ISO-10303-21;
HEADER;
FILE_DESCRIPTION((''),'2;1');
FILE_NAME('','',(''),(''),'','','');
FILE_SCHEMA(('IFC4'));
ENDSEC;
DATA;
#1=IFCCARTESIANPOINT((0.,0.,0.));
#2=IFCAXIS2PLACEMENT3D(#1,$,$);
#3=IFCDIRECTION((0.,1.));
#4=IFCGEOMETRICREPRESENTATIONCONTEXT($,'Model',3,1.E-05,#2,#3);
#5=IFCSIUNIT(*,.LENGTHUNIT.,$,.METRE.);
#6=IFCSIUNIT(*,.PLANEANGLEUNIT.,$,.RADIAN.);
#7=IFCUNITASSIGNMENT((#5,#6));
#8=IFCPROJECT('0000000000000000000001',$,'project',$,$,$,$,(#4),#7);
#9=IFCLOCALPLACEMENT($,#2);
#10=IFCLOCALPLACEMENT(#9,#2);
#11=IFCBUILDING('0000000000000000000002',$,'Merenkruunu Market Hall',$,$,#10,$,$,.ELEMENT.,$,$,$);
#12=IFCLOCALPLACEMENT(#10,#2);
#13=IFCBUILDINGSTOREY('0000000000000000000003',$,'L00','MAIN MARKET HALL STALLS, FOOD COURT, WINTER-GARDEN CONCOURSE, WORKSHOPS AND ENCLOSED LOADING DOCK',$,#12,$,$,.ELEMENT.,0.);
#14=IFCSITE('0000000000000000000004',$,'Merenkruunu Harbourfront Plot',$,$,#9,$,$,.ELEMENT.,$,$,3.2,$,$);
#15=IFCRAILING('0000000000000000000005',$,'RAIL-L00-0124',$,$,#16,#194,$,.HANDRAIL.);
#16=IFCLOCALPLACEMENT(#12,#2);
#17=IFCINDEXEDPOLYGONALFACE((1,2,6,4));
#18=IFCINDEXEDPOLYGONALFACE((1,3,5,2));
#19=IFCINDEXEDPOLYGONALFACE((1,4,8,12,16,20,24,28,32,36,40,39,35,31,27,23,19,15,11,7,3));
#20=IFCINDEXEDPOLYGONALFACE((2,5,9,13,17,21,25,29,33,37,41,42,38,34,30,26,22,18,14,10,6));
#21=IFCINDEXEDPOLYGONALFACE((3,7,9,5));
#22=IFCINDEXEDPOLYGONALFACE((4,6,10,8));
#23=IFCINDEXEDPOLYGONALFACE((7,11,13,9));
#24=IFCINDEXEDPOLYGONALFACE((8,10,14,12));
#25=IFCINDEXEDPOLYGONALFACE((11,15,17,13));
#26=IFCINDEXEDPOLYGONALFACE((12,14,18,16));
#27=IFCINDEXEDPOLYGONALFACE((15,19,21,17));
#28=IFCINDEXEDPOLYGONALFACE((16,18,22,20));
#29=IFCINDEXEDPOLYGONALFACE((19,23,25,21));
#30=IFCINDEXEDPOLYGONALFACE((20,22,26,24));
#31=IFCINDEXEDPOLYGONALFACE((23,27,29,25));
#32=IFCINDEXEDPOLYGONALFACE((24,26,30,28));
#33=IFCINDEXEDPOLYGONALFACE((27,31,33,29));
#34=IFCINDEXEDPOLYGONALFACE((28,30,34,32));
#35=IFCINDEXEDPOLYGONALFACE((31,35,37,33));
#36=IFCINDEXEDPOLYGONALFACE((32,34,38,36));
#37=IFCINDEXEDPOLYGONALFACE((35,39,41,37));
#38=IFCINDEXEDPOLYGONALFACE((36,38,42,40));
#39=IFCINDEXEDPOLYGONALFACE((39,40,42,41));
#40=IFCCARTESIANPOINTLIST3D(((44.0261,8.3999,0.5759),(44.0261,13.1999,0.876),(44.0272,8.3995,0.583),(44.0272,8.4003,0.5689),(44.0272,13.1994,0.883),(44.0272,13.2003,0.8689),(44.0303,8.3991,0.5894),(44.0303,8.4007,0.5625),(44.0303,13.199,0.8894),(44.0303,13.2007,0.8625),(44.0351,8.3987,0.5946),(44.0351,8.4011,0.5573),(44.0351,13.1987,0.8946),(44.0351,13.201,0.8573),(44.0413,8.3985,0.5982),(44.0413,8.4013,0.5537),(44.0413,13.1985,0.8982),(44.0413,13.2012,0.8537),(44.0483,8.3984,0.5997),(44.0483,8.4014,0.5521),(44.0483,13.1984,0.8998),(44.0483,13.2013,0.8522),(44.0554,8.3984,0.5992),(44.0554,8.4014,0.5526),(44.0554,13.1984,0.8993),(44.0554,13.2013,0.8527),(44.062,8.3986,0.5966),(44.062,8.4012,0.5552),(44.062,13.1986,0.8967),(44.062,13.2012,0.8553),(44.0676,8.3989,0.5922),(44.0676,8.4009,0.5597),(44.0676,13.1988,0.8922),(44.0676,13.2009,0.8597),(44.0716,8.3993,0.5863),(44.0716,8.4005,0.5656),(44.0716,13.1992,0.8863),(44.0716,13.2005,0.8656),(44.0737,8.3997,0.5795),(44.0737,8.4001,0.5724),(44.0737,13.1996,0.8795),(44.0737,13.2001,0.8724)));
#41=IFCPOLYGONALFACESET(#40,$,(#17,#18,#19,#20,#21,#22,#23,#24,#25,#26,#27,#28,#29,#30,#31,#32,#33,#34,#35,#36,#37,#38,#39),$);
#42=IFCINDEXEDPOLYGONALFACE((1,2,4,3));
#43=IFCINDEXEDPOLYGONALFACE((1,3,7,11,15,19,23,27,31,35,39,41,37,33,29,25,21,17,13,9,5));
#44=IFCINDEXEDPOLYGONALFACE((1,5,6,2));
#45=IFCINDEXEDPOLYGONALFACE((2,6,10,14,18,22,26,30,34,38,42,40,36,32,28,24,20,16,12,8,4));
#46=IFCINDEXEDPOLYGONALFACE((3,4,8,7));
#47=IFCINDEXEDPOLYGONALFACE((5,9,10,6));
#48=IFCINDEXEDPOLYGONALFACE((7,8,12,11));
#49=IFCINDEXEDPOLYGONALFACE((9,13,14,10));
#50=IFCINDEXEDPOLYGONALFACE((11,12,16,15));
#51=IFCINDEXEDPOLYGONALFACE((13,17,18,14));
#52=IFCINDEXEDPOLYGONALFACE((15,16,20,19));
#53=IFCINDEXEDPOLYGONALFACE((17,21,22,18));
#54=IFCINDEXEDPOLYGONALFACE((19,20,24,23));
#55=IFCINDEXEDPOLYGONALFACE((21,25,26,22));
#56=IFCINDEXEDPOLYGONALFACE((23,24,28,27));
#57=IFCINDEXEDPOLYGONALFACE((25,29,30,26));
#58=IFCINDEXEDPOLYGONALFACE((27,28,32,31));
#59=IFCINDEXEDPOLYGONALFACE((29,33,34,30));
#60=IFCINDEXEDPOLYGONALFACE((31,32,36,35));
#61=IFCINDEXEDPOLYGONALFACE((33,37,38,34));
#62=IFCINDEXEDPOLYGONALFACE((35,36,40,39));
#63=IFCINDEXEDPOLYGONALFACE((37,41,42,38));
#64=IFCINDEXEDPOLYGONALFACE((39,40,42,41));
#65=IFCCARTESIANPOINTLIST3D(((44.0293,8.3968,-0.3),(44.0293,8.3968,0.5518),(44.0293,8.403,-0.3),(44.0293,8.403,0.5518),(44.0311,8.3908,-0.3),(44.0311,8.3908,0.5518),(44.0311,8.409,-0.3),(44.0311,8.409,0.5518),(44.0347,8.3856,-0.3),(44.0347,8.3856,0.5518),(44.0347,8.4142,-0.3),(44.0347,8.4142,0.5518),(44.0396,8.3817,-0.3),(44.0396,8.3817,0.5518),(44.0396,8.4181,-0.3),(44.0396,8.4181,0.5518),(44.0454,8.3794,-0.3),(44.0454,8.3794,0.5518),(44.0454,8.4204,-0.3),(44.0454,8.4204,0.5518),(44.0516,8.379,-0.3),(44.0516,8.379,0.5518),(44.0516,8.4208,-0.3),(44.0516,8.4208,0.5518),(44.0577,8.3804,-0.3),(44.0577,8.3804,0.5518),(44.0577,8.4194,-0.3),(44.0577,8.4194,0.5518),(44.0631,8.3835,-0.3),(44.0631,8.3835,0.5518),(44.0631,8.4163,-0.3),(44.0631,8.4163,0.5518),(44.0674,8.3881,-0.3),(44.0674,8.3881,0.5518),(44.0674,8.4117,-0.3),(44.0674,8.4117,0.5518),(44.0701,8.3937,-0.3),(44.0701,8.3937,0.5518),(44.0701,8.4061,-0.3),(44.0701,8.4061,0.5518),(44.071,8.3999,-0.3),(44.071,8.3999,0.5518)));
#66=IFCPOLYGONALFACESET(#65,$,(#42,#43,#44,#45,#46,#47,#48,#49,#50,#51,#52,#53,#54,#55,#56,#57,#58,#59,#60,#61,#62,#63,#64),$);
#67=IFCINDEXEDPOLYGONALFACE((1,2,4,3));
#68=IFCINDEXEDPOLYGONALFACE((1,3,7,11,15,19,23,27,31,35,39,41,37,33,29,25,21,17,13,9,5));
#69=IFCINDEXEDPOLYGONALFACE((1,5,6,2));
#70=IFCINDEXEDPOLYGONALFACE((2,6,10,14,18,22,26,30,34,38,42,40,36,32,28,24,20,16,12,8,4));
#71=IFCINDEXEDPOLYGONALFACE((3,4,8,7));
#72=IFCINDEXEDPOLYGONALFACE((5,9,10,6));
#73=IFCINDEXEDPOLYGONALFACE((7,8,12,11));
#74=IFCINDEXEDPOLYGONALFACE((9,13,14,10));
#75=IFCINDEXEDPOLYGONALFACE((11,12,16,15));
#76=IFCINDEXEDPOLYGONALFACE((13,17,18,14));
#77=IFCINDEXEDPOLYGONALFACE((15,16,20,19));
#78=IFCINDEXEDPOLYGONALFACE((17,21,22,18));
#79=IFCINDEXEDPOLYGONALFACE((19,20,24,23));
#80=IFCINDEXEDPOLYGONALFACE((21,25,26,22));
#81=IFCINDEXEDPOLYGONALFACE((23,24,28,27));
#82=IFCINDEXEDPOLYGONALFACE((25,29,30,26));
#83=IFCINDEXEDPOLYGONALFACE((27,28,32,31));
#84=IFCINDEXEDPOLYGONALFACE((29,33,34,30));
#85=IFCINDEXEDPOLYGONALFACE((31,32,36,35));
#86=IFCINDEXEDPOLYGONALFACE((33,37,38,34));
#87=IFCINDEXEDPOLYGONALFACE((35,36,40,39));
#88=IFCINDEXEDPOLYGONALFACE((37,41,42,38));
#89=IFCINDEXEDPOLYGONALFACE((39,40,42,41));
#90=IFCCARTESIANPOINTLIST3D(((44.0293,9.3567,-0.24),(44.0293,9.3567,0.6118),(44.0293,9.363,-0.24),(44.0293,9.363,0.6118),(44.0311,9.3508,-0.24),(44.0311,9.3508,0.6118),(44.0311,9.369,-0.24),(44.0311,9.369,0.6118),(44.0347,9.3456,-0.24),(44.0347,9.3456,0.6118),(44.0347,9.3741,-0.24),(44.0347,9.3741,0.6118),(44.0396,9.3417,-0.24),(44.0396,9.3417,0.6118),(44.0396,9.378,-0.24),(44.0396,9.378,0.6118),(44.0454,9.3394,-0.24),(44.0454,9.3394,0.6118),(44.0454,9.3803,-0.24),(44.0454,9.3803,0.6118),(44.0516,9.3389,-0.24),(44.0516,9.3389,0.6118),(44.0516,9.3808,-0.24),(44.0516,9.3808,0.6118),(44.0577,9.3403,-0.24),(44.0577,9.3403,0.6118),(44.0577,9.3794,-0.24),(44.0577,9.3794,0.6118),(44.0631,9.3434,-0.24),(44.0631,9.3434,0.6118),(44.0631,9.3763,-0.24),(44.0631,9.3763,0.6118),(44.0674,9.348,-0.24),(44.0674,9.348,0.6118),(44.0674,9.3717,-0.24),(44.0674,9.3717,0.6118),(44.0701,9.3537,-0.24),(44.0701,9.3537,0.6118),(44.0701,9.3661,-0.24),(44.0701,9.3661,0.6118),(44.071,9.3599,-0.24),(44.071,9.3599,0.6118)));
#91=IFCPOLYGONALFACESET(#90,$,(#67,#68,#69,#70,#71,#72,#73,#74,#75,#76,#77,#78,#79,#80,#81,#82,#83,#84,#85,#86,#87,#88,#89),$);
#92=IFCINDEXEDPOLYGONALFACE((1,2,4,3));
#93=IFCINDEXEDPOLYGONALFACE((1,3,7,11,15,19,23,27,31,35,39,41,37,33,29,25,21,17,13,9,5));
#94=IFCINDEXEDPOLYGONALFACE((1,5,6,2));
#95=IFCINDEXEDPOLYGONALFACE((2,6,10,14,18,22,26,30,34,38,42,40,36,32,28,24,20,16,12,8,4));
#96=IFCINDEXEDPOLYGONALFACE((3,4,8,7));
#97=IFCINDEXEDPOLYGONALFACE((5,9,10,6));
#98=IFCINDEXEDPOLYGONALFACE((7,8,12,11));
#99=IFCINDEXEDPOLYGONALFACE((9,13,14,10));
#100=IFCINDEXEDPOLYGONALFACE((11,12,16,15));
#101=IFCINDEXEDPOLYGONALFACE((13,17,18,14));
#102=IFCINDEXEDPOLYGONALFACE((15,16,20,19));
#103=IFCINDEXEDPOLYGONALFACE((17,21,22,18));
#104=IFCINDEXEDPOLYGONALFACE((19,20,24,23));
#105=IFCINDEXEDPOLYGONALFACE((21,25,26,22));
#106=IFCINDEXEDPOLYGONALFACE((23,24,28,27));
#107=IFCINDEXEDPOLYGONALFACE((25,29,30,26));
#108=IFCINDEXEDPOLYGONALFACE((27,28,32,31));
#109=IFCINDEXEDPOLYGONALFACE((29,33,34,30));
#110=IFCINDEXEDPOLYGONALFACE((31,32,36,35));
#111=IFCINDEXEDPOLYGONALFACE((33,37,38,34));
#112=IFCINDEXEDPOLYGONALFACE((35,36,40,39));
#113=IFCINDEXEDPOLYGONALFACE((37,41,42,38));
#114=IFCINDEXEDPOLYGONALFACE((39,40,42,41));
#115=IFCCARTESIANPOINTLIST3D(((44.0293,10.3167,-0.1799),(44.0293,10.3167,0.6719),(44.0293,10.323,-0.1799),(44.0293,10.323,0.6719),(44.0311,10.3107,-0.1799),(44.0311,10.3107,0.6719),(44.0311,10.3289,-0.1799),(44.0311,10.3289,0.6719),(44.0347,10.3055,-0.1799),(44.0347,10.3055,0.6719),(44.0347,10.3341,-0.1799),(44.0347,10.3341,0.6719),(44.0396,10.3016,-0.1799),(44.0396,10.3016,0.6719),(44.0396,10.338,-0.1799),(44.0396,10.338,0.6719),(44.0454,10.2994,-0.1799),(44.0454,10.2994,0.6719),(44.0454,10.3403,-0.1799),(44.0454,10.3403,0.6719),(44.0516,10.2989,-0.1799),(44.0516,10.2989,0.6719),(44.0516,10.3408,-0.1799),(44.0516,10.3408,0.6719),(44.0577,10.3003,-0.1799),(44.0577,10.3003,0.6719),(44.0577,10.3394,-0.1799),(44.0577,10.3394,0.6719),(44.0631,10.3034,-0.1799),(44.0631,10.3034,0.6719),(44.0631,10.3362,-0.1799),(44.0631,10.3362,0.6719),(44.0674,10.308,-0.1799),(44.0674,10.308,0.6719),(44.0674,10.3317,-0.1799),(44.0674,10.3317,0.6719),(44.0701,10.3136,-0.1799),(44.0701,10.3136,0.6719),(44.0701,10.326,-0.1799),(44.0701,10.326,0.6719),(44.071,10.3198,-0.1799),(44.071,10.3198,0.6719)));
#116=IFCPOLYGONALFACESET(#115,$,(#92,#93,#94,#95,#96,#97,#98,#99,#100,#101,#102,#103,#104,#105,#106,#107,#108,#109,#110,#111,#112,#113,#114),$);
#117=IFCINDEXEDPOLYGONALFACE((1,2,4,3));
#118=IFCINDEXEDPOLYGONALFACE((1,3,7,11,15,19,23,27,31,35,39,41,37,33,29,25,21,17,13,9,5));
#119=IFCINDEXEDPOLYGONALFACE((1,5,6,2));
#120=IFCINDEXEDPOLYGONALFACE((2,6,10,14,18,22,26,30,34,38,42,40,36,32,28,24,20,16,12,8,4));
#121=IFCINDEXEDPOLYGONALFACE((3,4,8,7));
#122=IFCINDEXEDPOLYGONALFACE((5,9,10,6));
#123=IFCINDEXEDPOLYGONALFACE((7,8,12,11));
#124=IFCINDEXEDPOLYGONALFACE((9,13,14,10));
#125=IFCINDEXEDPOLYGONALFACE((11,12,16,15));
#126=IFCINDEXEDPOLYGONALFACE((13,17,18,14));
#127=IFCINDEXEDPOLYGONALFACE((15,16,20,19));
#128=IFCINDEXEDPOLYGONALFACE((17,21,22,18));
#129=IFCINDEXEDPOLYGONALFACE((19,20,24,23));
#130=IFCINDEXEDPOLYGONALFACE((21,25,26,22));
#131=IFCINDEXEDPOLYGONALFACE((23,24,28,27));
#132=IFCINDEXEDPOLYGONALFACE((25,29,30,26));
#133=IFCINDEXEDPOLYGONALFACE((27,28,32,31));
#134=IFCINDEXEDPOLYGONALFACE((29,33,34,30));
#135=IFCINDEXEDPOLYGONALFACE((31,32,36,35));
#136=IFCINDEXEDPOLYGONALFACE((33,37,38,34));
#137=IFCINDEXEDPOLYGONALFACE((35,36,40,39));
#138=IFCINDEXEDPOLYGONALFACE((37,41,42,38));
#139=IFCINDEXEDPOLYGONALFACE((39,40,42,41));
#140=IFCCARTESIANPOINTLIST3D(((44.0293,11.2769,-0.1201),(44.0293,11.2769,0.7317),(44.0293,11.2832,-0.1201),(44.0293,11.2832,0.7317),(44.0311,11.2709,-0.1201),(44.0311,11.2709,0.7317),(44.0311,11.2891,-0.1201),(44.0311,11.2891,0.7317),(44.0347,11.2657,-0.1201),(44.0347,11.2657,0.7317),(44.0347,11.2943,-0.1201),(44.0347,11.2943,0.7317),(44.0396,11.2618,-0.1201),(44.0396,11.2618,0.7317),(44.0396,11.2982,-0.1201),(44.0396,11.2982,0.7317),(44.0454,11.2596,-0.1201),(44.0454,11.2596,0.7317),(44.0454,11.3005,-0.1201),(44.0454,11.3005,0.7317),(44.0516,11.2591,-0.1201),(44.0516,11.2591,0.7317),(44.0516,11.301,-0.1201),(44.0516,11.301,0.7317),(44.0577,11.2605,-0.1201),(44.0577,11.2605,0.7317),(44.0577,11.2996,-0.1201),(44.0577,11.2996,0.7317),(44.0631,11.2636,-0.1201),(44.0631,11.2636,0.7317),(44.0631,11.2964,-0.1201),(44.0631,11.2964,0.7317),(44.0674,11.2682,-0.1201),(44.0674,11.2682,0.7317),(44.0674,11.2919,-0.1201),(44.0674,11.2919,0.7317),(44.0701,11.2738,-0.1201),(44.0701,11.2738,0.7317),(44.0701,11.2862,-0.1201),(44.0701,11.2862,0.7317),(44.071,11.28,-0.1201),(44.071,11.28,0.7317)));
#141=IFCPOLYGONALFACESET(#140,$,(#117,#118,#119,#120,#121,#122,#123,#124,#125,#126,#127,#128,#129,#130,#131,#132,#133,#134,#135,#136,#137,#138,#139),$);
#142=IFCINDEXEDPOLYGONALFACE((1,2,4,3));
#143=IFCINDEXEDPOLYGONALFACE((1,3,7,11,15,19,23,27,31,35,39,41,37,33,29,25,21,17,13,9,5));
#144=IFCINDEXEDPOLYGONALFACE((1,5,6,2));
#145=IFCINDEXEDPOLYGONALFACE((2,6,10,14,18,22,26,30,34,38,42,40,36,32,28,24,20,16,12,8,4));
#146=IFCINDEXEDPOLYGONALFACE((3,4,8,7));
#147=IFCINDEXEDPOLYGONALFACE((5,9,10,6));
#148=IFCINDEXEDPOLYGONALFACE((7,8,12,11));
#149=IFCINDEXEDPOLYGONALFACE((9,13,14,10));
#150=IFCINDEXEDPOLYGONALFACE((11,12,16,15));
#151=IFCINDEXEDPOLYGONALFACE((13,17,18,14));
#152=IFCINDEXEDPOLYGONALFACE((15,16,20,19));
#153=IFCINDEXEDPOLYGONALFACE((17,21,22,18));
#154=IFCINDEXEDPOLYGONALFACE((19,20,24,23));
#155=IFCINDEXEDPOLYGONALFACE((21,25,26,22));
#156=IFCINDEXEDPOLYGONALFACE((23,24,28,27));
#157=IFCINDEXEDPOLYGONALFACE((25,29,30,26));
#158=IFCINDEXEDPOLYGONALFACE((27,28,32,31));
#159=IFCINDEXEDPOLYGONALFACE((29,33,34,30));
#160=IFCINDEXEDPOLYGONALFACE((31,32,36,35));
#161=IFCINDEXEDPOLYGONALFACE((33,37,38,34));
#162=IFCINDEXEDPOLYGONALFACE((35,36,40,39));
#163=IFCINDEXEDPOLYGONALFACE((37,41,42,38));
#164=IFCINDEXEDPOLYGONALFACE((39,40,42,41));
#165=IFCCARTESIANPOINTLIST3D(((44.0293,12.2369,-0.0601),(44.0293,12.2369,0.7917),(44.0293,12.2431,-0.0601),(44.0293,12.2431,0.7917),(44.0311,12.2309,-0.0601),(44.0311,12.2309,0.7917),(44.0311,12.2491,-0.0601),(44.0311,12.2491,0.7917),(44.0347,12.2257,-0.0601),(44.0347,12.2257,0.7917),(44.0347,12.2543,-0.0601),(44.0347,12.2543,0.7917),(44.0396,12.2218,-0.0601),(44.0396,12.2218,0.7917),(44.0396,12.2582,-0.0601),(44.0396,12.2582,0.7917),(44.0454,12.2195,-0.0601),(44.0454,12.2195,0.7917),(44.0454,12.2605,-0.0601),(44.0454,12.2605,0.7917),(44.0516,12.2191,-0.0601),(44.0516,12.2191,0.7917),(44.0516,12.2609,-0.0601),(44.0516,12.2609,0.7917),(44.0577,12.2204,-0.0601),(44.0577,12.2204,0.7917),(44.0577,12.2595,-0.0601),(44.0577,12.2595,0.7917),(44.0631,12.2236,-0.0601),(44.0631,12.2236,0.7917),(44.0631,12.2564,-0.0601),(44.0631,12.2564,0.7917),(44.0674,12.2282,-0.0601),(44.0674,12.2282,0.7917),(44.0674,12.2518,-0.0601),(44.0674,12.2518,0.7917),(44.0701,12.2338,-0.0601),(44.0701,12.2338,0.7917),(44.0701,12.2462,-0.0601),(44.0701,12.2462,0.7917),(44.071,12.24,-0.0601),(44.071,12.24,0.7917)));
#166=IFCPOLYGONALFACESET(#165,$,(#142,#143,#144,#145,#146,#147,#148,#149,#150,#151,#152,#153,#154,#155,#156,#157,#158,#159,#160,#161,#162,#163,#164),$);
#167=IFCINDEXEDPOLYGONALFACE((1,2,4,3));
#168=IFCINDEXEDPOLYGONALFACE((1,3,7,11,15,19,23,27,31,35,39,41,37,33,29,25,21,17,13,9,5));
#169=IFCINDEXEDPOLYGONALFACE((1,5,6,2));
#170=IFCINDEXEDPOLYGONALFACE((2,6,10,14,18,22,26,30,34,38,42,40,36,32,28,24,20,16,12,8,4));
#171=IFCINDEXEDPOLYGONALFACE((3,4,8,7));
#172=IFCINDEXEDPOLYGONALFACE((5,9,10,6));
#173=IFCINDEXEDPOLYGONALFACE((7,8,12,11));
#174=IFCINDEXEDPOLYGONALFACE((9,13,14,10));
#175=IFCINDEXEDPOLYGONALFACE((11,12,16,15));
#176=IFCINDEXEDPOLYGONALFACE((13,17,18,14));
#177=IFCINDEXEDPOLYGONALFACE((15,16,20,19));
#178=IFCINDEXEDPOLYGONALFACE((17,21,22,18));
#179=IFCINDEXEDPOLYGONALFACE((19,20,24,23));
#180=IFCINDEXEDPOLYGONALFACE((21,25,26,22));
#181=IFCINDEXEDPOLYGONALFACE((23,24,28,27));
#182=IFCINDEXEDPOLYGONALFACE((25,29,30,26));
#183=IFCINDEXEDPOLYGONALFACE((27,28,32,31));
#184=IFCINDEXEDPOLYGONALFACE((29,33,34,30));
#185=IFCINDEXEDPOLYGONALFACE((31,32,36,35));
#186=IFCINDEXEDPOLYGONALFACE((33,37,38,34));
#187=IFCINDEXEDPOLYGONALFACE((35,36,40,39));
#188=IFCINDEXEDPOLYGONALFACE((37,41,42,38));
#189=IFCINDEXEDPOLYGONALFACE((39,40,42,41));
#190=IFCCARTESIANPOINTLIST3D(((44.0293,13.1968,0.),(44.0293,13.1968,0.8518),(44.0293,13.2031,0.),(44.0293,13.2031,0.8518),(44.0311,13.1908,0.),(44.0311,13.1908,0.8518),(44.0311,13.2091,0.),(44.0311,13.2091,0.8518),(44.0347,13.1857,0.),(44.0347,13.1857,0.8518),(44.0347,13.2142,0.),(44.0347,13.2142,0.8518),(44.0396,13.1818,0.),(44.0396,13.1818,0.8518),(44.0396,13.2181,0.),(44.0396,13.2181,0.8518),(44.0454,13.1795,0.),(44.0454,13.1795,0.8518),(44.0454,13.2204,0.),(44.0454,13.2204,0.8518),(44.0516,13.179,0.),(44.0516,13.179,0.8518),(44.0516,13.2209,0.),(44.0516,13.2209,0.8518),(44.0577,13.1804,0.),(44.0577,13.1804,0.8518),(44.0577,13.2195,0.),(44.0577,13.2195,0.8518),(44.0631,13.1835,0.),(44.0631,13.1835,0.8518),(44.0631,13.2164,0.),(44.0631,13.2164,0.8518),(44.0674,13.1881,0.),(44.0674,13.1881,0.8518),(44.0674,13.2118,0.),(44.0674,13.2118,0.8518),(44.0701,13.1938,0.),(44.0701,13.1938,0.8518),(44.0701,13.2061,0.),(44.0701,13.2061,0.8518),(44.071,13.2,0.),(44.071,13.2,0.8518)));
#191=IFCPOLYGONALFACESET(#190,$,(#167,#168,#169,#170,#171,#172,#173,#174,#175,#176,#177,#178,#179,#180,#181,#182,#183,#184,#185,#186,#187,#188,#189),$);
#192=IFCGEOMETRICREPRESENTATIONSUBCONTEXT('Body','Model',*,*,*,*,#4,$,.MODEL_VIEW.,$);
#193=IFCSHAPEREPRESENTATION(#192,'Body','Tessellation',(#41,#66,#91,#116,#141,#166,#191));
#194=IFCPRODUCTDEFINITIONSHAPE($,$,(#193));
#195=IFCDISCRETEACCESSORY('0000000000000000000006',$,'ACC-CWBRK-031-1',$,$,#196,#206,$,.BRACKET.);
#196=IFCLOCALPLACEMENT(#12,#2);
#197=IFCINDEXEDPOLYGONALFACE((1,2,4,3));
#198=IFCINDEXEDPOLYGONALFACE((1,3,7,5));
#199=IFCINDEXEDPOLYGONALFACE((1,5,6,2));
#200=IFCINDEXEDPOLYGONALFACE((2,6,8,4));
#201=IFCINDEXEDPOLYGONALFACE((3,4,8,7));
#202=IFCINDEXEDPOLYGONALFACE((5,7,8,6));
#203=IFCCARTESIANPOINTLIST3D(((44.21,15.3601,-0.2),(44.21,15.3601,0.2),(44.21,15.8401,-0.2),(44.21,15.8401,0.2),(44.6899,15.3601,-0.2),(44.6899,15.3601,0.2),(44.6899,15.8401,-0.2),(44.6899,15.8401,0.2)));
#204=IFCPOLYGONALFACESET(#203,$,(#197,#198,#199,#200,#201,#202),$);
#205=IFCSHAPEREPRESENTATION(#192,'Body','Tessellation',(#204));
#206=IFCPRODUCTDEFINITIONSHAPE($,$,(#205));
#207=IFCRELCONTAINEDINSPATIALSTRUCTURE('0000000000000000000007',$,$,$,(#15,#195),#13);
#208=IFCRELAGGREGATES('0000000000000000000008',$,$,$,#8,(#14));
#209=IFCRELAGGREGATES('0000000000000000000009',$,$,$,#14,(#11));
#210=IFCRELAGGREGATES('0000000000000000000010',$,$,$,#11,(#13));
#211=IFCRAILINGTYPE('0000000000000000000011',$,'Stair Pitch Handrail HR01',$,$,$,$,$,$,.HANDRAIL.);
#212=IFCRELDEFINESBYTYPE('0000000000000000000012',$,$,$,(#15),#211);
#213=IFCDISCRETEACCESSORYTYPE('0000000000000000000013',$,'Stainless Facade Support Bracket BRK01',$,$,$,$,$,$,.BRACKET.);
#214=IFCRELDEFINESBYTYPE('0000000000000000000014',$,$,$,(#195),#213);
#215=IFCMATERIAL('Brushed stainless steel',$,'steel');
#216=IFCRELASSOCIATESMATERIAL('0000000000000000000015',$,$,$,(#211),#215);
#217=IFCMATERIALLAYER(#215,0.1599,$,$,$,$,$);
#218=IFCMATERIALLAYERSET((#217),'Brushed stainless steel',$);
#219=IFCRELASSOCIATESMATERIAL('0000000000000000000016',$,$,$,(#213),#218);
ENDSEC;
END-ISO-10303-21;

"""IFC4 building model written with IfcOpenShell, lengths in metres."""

from ifc_helpers import new_model, si_unit, direction, frame, origin, origin_2d, place, context, subcontext, project, spatial, rectangle, circle, extrude, material, layer, layer_set, type_object, element, save


model = new_model("IFC4")

# Units and contexts
model_context = context("Model", 3, precision=1e-05, world=origin(), true_north=direction((0.0, 1.0)))
body_context = subcontext(model_context, "Body", "Model", "MODEL_VIEW")
ifc_project = project(units=[si_unit("LENGTHUNIT", "METRE"), si_unit("PLANEANGLEUNIT", "RADIAN")], contexts=[model_context])

# Site, building, storey
site_placement = place(None, origin())
site = spatial("IfcSite", under=ifc_project, at=site_placement, Name="Merenkruunu Harbourfront Plot", CompositionType="ELEMENT", RefElevation=3.2)
building_placement = place(site_placement, origin())
building = spatial("IfcBuilding", under=site, at=building_placement, Name="Merenkruunu Market Hall", CompositionType="ELEMENT")
storey_placement = place(building_placement, origin())
storey = spatial("IfcBuildingStorey", under=building, at=storey_placement, Name="L00", Description="MAIN MARKET HALL STALLS, FOOD COURT, WINTER-GARDEN CONCOURSE, WORKSHOPS AND ENCLOSED LOADING DOCK", CompositionType="ELEMENT", Elevation=0.0)

# Railing
ifc_material_1 = material(Name="Brushed stainless steel", Category="steel")
railing_type = type_object("IfcRailingType", Name="Stair Pitch Handrail HR01", PredefinedType="HANDRAIL", material=ifc_material_1)
for number, where, name in (
    (1, (44.05, 8.3999, -0.3), "RAIL-L00-0124"),
):
    element("IfcRailing", number, at=place(storey_placement, frame(where)), inside=storey, type_object=railing_type, Name=name, PredefinedType="HANDRAIL", context=body_context, shape_type="SweptSolid", body=[
        extrude(circle(Radius=0.0239, at=origin_2d()), frame((0.0, 0.0, 0.876), z_axis=(0.0, 0.998052, 0.062388), x_axis=(-1.0, 0.0, 0.0)), (0.0, 0.0, 1.0), 4.8093),
        extrude(circle(Radius=0.021, at=origin_2d()), origin(), (0.0, 0.0, 1.0), 0.8518),
        extrude(circle(Radius=0.021, at=origin_2d()), frame((0.0, 0.96, 0.0601)), (0.0, 0.0, 1.0), 0.8518),
        extrude(circle(Radius=0.021, at=origin_2d()), frame((0.0, 1.9199, 0.1201)), (0.0, 0.0, 1.0), 0.8518),
        extrude(circle(Radius=0.021, at=origin_2d()), frame((0.0, 2.8801, 0.1799)), (0.0, 0.0, 1.0), 0.8518),
        extrude(circle(Radius=0.021, at=origin_2d()), frame((0.0, 3.8401, 0.24)), (0.0, 0.0, 1.0), 0.8518),
        extrude(circle(Radius=0.021, at=origin_2d()), frame((0.0, 4.8, 0.3)), (0.0, 0.0, 1.0), 0.8518),
    ])

# Discrete accessory
ifc_layer_1 = layer(ifc_material_1, 0.1599)
ifc_layer_set_1 = layer_set([ifc_layer_1], Name="Brushed stainless steel")
discrete_accessory_type = type_object("IfcDiscreteAccessoryType", Name="Stainless Facade Support Bracket BRK01", PredefinedType="BRACKET", material=ifc_layer_set_1)
for number, where, z_axis, x_axis, name in (
    (2, (44.45, 15.6001, -0.2), (0.0, 0.0, 1.0), (1.0, 0.0, 0.0), "ACC-CWBRK-031-1"),
):
    element("IfcDiscreteAccessory", number, at=place(storey_placement, frame(where, z_axis=z_axis, x_axis=x_axis)), inside=storey, type_object=discrete_accessory_type, Name=name, PredefinedType="BRACKET", context=body_context, shape_type="SweptSolid", body=[
        extrude(rectangle(XDim=0.48, YDim=0.48, at=origin_2d()), origin(), (0.0, 0.0, 1.0), 0.3999),
    ])

save(model, "model.ifc")
